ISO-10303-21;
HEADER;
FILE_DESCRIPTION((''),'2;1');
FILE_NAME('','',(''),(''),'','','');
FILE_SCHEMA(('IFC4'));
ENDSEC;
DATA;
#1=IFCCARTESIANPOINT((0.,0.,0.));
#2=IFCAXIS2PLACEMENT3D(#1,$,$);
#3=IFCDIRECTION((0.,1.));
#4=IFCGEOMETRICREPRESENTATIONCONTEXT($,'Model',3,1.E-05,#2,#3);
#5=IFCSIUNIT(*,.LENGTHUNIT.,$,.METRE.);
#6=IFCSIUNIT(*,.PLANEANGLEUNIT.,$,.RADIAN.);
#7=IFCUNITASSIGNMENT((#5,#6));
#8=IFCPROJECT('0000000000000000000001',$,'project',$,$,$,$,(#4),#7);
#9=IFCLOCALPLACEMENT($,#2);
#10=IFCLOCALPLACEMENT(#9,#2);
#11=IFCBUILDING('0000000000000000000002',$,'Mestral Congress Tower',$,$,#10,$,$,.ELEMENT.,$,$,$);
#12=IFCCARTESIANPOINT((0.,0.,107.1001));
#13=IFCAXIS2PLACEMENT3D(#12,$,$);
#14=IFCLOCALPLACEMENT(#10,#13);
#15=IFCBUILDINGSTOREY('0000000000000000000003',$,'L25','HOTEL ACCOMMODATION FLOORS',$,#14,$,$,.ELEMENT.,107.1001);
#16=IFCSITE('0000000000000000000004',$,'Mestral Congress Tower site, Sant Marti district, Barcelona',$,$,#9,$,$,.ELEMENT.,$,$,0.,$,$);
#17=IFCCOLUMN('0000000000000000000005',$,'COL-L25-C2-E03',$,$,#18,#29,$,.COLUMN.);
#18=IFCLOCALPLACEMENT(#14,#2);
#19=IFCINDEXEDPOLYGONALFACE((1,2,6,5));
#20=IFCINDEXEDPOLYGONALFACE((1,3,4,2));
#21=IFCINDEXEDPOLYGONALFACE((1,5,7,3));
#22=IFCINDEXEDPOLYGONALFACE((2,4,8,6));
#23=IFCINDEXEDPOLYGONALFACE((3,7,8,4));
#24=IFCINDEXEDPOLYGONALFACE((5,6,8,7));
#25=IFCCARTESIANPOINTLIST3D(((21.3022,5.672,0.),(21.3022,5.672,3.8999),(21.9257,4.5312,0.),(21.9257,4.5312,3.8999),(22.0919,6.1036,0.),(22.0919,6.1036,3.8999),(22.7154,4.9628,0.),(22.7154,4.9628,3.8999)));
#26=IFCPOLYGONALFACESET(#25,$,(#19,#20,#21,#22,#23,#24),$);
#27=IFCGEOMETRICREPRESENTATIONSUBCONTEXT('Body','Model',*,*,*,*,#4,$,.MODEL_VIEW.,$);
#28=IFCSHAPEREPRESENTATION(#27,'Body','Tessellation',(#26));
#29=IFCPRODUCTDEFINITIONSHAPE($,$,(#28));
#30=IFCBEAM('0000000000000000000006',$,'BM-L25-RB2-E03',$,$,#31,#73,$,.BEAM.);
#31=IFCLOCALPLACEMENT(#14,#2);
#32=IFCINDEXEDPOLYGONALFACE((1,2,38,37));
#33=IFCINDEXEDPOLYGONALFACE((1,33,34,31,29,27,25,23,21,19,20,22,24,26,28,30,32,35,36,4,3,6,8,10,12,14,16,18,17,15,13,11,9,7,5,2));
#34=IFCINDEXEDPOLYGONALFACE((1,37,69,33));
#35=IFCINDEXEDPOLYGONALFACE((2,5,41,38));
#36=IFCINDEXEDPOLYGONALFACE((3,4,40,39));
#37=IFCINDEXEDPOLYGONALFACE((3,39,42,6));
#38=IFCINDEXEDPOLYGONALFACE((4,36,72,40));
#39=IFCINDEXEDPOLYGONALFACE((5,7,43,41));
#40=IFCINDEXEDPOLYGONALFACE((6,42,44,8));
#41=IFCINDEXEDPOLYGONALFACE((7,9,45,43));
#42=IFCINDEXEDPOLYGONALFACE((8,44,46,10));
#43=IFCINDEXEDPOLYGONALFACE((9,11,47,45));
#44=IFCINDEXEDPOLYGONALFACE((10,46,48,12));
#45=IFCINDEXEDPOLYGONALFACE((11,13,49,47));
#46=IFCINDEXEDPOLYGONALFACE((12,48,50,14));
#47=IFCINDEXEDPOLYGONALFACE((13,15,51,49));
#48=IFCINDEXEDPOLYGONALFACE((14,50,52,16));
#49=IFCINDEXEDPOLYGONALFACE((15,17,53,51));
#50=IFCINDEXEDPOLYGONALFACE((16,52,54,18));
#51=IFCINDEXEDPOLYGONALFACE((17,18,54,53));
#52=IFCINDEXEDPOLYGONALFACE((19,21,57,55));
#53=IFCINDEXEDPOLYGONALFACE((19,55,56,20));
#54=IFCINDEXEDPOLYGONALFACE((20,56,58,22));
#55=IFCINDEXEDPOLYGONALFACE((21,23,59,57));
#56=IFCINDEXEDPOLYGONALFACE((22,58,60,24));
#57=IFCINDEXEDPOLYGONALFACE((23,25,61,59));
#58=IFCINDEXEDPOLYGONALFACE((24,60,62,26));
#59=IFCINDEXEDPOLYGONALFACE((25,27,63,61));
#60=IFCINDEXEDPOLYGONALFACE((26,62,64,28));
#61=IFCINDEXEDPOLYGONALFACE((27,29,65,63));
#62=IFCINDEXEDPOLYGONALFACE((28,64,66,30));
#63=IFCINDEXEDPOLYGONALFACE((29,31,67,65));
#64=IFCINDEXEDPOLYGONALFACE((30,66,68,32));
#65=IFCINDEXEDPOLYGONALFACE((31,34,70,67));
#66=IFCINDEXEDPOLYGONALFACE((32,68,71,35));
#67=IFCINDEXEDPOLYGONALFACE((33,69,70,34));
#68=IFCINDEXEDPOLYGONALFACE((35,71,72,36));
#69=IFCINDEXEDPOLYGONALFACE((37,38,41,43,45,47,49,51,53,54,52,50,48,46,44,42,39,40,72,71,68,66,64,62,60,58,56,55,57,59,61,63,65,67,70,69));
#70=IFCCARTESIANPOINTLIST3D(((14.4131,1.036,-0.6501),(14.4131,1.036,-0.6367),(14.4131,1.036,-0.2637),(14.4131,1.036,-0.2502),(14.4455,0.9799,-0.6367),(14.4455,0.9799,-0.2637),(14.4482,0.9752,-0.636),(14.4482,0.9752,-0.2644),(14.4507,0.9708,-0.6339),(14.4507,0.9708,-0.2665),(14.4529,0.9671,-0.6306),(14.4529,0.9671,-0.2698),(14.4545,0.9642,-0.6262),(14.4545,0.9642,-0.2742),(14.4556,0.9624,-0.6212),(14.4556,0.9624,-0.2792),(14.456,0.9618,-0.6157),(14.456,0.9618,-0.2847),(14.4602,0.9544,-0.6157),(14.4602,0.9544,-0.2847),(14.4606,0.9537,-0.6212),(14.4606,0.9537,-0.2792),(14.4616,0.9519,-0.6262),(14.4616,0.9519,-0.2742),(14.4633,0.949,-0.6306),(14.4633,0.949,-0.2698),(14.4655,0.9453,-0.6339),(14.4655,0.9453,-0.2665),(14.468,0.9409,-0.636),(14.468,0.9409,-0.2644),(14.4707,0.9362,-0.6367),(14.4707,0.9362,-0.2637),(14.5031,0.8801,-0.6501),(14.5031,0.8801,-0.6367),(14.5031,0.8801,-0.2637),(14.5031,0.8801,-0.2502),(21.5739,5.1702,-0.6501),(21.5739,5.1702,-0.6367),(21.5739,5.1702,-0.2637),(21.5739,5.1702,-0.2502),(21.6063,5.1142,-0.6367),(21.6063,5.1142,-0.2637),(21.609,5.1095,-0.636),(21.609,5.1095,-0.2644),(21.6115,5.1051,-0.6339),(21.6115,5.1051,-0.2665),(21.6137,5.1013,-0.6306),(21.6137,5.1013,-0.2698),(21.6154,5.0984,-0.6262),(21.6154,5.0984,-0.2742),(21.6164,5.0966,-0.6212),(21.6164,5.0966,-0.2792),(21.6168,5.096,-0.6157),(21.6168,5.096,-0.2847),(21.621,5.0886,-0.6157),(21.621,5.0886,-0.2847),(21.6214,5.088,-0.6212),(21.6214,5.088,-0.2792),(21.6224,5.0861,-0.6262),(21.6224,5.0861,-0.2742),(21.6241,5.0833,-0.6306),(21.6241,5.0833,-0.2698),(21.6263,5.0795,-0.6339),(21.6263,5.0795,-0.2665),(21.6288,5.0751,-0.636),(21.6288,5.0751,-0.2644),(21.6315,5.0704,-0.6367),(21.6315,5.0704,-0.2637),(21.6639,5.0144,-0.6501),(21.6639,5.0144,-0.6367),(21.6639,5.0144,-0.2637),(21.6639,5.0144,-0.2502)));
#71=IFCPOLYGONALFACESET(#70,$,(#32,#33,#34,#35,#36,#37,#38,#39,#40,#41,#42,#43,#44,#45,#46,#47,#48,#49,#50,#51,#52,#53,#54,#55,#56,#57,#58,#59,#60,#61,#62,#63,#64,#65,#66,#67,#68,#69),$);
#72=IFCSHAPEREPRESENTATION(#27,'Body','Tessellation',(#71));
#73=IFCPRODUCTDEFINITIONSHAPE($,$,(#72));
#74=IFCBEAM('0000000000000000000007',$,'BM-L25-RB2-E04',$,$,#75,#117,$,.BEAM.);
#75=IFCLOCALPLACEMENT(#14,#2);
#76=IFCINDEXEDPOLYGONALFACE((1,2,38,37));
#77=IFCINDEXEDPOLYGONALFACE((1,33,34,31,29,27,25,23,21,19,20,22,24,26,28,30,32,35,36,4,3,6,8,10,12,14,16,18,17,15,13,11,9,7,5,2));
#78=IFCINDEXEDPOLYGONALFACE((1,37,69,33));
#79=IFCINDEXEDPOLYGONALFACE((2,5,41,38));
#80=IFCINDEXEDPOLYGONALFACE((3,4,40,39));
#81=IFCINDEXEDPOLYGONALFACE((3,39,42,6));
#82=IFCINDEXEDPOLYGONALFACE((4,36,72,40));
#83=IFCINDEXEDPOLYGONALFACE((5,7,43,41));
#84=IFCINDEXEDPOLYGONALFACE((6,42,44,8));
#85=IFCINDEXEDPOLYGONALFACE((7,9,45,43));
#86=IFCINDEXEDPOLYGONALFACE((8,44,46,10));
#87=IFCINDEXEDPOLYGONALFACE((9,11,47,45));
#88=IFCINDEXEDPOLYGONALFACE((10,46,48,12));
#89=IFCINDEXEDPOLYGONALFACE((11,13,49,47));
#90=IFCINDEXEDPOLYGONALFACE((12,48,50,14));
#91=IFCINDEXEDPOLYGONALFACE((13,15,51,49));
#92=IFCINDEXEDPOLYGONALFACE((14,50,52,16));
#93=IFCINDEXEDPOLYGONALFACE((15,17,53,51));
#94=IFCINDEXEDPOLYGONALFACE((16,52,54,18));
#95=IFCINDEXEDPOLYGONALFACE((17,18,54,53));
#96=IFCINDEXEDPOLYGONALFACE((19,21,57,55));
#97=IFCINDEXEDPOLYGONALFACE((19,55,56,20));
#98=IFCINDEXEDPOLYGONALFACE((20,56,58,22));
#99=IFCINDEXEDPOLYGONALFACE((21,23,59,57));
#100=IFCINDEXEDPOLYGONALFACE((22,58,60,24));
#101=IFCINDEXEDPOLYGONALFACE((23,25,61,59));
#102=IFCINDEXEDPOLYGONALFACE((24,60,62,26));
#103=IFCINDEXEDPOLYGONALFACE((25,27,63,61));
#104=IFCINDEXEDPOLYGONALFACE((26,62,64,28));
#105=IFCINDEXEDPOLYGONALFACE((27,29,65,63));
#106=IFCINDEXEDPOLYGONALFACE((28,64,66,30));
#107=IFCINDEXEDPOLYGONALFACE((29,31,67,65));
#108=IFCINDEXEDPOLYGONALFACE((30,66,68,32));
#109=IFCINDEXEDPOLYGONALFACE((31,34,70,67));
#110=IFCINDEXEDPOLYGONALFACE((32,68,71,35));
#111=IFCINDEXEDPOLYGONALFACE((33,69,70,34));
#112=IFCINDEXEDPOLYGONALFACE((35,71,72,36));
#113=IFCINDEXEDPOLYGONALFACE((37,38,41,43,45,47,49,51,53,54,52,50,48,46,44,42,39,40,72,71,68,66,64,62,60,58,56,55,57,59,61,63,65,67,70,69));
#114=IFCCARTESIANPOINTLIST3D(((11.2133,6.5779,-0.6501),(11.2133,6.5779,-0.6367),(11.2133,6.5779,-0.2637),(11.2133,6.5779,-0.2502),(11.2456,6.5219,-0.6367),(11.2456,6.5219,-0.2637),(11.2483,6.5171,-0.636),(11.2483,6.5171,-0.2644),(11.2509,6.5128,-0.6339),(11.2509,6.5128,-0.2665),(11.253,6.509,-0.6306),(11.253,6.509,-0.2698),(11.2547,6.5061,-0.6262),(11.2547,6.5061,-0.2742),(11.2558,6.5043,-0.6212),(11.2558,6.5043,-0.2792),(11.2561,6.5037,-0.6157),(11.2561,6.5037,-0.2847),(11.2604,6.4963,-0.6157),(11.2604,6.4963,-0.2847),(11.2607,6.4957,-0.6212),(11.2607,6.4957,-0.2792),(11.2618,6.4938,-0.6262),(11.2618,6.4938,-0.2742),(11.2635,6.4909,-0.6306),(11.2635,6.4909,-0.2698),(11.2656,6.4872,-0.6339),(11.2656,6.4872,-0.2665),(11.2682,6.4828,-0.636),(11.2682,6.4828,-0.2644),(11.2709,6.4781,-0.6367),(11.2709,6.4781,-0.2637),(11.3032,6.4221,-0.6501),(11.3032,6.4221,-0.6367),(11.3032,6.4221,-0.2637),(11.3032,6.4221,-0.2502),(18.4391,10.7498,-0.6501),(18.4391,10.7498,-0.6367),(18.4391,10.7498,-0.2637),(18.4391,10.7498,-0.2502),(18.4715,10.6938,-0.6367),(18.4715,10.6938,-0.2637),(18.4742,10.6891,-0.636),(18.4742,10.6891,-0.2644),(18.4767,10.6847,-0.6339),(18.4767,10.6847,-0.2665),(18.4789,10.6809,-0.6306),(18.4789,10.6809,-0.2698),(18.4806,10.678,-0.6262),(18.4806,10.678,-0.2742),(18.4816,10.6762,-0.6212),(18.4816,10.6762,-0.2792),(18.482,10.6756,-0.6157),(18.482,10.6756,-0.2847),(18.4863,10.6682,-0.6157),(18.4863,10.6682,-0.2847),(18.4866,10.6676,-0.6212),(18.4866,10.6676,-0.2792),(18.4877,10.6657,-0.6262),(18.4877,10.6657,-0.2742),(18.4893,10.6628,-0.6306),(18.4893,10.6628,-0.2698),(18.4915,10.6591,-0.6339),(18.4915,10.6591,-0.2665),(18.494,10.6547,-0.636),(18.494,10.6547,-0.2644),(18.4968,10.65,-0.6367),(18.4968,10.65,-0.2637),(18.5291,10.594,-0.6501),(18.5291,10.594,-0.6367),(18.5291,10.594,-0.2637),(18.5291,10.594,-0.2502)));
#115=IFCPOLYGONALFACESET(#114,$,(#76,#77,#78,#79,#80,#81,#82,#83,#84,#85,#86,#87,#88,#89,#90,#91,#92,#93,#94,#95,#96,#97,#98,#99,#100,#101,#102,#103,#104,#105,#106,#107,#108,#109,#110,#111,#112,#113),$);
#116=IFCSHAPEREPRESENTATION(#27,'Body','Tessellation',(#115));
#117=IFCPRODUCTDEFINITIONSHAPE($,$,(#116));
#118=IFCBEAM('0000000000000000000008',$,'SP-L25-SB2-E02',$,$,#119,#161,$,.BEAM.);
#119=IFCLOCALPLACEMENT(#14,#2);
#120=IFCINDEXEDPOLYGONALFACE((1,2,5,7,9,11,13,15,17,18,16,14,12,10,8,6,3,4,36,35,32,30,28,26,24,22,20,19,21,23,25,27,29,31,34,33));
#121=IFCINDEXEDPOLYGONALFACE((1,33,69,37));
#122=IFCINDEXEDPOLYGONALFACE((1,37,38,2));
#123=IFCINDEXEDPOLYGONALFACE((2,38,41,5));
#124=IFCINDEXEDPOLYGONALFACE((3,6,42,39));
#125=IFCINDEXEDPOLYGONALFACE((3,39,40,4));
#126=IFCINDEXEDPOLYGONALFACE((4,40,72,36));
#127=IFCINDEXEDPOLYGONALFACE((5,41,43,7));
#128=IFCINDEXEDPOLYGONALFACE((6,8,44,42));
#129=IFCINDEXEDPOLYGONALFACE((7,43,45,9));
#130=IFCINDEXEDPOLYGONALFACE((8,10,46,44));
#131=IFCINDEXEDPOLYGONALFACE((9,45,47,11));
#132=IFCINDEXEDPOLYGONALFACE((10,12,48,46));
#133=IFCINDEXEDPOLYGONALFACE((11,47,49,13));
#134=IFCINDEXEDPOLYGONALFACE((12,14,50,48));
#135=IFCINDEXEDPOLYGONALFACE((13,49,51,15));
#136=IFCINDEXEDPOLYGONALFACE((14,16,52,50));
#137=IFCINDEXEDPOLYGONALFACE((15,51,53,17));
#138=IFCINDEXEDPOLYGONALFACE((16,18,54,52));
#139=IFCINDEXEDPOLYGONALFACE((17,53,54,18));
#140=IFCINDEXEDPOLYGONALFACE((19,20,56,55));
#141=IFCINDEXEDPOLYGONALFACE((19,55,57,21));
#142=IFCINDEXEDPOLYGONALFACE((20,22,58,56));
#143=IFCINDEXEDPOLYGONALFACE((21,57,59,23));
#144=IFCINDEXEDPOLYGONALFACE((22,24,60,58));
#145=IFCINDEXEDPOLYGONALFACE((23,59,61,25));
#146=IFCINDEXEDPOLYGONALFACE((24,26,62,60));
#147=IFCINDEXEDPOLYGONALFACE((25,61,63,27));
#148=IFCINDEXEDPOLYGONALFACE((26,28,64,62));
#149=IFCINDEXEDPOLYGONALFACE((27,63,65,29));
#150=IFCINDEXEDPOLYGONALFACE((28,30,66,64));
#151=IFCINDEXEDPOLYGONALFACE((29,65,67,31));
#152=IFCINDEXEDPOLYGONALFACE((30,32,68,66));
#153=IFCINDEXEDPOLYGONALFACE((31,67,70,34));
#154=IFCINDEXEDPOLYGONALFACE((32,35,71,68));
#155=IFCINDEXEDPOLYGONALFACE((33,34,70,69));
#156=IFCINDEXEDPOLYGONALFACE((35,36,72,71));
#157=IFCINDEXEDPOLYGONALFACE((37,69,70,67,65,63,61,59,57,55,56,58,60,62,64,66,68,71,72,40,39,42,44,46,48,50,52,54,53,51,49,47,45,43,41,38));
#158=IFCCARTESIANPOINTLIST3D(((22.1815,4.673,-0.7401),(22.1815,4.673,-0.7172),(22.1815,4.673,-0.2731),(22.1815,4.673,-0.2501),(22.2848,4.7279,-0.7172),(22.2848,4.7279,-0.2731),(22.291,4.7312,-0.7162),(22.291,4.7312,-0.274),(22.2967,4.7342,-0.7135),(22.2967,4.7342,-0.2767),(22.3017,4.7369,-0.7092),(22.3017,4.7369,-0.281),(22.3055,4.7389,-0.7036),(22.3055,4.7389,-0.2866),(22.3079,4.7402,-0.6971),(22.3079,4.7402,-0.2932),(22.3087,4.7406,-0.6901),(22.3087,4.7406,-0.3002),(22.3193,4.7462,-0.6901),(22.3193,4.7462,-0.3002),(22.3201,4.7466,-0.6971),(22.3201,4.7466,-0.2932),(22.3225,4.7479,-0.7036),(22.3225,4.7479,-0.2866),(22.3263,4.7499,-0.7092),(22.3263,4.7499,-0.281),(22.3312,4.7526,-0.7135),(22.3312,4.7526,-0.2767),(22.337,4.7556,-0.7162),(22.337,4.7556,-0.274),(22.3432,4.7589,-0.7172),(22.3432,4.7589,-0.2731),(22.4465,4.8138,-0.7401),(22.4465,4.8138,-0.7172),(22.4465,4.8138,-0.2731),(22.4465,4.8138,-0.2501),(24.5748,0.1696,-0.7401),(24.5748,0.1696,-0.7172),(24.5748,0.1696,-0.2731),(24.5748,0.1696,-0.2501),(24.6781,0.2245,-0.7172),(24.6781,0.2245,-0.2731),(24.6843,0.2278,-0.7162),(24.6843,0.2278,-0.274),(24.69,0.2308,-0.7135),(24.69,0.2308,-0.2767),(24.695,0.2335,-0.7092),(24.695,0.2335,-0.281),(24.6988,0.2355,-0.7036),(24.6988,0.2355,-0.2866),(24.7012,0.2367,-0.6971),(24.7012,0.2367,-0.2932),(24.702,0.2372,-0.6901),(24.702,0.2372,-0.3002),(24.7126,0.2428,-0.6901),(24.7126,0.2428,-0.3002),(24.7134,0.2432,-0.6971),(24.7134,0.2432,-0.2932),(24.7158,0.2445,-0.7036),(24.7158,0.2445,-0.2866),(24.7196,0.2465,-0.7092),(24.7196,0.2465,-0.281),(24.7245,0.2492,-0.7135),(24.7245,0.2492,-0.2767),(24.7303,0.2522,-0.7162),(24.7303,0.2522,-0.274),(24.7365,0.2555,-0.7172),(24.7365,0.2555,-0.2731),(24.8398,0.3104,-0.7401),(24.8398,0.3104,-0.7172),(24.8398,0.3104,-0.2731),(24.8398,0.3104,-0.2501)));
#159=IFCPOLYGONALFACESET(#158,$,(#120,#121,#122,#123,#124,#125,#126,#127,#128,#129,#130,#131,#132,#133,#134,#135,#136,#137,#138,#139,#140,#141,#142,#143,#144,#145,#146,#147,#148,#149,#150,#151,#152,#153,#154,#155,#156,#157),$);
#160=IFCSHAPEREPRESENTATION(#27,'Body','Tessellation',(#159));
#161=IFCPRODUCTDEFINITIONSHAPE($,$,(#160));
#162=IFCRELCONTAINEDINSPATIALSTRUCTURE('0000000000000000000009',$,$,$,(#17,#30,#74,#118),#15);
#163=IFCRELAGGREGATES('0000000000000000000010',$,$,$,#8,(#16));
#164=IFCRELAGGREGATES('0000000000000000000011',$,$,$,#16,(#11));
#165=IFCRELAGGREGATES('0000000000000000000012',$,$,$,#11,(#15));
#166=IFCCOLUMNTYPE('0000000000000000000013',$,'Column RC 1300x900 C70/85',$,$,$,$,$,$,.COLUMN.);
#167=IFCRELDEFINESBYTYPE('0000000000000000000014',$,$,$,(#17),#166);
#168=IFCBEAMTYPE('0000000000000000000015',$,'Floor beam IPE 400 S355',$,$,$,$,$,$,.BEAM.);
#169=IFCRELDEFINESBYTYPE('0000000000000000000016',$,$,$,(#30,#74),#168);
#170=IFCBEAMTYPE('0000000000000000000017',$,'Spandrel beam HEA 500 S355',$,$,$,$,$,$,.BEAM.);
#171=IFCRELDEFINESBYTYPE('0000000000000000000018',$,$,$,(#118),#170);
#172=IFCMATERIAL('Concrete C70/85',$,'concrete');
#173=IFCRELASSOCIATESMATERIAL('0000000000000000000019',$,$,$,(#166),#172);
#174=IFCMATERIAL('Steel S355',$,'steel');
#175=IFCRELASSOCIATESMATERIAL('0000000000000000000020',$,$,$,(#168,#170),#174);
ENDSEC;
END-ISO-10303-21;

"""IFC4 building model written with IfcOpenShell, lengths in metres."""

from ifc_helpers import new_model, si_unit, direction, frame, origin, origin_2d, place, context, subcontext, project, spatial, rectangle, i_section, extrude, material, material_profile, profile_set, type_object, element, save


model = new_model("IFC4")

# Units and contexts
model_context = context("Model", 3, precision=1e-05, world=origin(), true_north=direction((0.0, 1.0)))
body_context = subcontext(model_context, "Body", "Model", "MODEL_VIEW")
ifc_project = project(units=[si_unit("LENGTHUNIT", "METRE"), si_unit("PLANEANGLEUNIT", "RADIAN")], contexts=[model_context])

# Site, building, storey
site_placement = place(None, origin())
site = spatial("IfcSite", under=ifc_project, at=site_placement, Name="Mestral Congress Tower site, Sant Marti district, Barcelona", CompositionType="ELEMENT", RefElevation=0.0)
building_placement = place(site_placement, origin())
building = spatial("IfcBuilding", under=site, at=building_placement, Name="Mestral Congress Tower", CompositionType="ELEMENT")
storey_placement = place(building_placement, frame((0.0, 0.0, 107.1001)))
storey = spatial("IfcBuildingStorey", under=building, at=storey_placement, Name="L25", Description="HOTEL ACCOMMODATION FLOORS", CompositionType="ELEMENT", Elevation=107.1001)

# Column
ifc_material_1 = material(Name="Concrete C70/85", Category="concrete")
ifc_material_profile_1 = material_profile(ifc_material_1, rectangle(XDim=1.3, YDim=0.8999, at=origin_2d()), Name="RC 1300x900")
ifc_profile_set_1 = profile_set([ifc_material_profile_1], Name="Concrete C70/85")
column_type = type_object("IfcColumnType", Name="Column RC 1300x900 C70/85", PredefinedType="COLUMN", material=ifc_profile_set_1)
column_placement = place(storey_placement, frame((22.0088, 5.3174, 0.0), z_axis=(0.0, 0.0, 1.0), x_axis=(-0.479613, 0.87748, 0.0)))
element("IfcColumn", 1, at=column_placement, inside=storey, type_object=column_type, Name="COL-L25-C2-E03", PredefinedType="COLUMN", context=body_context, shape_type="SweptSolid", body=[
    extrude(rectangle(XDim=1.3, YDim=0.8999, at=origin_2d()), origin(), (0.0, 0.0, 1.0), 3.8999),
])

# Beams
ifc_material_2 = material(Name="Steel S355", Category="steel")
ifc_material_profile_2 = material_profile(ifc_material_2, i_section(OverallWidth=0.1799, OverallDepth=0.3999, WebThickness=0.0085, FlangeThickness=0.0134, FilletRadius=0.021, at=origin_2d()), Name="IPE 400")
ifc_profile_set_2 = profile_set([ifc_material_profile_2], Name="Steel S355")
beam_type_1 = type_object("IfcBeamType", Name="Floor beam IPE 400 S355", PredefinedType="BEAM", material=ifc_profile_set_2)
beam_1_placement = place(storey_placement, frame((21.6189, 5.0923, -0.4502), z_axis=(-0.866029, -0.499994, 0.0), x_axis=(0.499994, -0.866029, 0.0)))
element("IfcBeam", 2, at=beam_1_placement, inside=storey, type_object=beam_type_1, Name="BM-L25-RB2-E03", PredefinedType="BEAM", context=body_context, shape_type="SweptSolid", body=[
    extrude(i_section(OverallWidth=0.1799, OverallDepth=0.3999, WebThickness=0.0085, FlangeThickness=0.0134, FilletRadius=0.021, at=origin_2d()), origin(), (0.0, 0.0, 1.0), 8.2686),
])
beam_2_placement = place(storey_placement, frame((18.4841, 10.6719, -0.4502), z_axis=(-0.866023, -0.500004, 0.0), x_axis=(0.500004, -0.866023, 0.0)))
element("IfcBeam", 3, at=beam_2_placement, inside=storey, type_object=beam_type_1, Name="BM-L25-RB2-E04", PredefinedType="BEAM", context=body_context, shape_type="SweptSolid", body=[
    extrude(i_section(OverallWidth=0.1799, OverallDepth=0.3999, WebThickness=0.0085, FlangeThickness=0.0134, FilletRadius=0.021, at=origin_2d()), origin(), (0.0, 0.0, 1.0), 8.3438),
])
ifc_material_profile_3 = material_profile(ifc_material_2, i_section(OverallWidth=0.3, OverallDepth=0.49, WebThickness=0.012, FlangeThickness=0.0229, FilletRadius=0.0271, at=origin_2d()), Name="HEA 500")
ifc_profile_set_3 = profile_set([ifc_material_profile_3], Name="Steel S355")
beam_type_2 = type_object("IfcBeamType", Name="Spandrel beam HEA 500 S355", PredefinedType="BEAM", material=ifc_profile_set_3)
for number, where, z_axis, x_axis, name in (
    (4, (24.7073, 0.24, -0.4951), (-0.469288, 0.883045, 0.0), (-0.883045, -0.469288, 0.0), "SP-L25-SB2-E02"),
):
    element("IfcBeam", number, at=place(storey_placement, frame(where, z_axis=z_axis, x_axis=x_axis)), inside=storey, type_object=beam_type_2, Name=name, PredefinedType="BEAM", context=body_context, shape_type="SweptSolid", body=[
        extrude(i_section(OverallWidth=0.3, OverallDepth=0.49, WebThickness=0.012, FlangeThickness=0.0229, FilletRadius=0.0271, at=origin_2d()), origin(), (0.0, 0.0, 1.0), 5.0999),
    ])

save(model, "model.ifc")
